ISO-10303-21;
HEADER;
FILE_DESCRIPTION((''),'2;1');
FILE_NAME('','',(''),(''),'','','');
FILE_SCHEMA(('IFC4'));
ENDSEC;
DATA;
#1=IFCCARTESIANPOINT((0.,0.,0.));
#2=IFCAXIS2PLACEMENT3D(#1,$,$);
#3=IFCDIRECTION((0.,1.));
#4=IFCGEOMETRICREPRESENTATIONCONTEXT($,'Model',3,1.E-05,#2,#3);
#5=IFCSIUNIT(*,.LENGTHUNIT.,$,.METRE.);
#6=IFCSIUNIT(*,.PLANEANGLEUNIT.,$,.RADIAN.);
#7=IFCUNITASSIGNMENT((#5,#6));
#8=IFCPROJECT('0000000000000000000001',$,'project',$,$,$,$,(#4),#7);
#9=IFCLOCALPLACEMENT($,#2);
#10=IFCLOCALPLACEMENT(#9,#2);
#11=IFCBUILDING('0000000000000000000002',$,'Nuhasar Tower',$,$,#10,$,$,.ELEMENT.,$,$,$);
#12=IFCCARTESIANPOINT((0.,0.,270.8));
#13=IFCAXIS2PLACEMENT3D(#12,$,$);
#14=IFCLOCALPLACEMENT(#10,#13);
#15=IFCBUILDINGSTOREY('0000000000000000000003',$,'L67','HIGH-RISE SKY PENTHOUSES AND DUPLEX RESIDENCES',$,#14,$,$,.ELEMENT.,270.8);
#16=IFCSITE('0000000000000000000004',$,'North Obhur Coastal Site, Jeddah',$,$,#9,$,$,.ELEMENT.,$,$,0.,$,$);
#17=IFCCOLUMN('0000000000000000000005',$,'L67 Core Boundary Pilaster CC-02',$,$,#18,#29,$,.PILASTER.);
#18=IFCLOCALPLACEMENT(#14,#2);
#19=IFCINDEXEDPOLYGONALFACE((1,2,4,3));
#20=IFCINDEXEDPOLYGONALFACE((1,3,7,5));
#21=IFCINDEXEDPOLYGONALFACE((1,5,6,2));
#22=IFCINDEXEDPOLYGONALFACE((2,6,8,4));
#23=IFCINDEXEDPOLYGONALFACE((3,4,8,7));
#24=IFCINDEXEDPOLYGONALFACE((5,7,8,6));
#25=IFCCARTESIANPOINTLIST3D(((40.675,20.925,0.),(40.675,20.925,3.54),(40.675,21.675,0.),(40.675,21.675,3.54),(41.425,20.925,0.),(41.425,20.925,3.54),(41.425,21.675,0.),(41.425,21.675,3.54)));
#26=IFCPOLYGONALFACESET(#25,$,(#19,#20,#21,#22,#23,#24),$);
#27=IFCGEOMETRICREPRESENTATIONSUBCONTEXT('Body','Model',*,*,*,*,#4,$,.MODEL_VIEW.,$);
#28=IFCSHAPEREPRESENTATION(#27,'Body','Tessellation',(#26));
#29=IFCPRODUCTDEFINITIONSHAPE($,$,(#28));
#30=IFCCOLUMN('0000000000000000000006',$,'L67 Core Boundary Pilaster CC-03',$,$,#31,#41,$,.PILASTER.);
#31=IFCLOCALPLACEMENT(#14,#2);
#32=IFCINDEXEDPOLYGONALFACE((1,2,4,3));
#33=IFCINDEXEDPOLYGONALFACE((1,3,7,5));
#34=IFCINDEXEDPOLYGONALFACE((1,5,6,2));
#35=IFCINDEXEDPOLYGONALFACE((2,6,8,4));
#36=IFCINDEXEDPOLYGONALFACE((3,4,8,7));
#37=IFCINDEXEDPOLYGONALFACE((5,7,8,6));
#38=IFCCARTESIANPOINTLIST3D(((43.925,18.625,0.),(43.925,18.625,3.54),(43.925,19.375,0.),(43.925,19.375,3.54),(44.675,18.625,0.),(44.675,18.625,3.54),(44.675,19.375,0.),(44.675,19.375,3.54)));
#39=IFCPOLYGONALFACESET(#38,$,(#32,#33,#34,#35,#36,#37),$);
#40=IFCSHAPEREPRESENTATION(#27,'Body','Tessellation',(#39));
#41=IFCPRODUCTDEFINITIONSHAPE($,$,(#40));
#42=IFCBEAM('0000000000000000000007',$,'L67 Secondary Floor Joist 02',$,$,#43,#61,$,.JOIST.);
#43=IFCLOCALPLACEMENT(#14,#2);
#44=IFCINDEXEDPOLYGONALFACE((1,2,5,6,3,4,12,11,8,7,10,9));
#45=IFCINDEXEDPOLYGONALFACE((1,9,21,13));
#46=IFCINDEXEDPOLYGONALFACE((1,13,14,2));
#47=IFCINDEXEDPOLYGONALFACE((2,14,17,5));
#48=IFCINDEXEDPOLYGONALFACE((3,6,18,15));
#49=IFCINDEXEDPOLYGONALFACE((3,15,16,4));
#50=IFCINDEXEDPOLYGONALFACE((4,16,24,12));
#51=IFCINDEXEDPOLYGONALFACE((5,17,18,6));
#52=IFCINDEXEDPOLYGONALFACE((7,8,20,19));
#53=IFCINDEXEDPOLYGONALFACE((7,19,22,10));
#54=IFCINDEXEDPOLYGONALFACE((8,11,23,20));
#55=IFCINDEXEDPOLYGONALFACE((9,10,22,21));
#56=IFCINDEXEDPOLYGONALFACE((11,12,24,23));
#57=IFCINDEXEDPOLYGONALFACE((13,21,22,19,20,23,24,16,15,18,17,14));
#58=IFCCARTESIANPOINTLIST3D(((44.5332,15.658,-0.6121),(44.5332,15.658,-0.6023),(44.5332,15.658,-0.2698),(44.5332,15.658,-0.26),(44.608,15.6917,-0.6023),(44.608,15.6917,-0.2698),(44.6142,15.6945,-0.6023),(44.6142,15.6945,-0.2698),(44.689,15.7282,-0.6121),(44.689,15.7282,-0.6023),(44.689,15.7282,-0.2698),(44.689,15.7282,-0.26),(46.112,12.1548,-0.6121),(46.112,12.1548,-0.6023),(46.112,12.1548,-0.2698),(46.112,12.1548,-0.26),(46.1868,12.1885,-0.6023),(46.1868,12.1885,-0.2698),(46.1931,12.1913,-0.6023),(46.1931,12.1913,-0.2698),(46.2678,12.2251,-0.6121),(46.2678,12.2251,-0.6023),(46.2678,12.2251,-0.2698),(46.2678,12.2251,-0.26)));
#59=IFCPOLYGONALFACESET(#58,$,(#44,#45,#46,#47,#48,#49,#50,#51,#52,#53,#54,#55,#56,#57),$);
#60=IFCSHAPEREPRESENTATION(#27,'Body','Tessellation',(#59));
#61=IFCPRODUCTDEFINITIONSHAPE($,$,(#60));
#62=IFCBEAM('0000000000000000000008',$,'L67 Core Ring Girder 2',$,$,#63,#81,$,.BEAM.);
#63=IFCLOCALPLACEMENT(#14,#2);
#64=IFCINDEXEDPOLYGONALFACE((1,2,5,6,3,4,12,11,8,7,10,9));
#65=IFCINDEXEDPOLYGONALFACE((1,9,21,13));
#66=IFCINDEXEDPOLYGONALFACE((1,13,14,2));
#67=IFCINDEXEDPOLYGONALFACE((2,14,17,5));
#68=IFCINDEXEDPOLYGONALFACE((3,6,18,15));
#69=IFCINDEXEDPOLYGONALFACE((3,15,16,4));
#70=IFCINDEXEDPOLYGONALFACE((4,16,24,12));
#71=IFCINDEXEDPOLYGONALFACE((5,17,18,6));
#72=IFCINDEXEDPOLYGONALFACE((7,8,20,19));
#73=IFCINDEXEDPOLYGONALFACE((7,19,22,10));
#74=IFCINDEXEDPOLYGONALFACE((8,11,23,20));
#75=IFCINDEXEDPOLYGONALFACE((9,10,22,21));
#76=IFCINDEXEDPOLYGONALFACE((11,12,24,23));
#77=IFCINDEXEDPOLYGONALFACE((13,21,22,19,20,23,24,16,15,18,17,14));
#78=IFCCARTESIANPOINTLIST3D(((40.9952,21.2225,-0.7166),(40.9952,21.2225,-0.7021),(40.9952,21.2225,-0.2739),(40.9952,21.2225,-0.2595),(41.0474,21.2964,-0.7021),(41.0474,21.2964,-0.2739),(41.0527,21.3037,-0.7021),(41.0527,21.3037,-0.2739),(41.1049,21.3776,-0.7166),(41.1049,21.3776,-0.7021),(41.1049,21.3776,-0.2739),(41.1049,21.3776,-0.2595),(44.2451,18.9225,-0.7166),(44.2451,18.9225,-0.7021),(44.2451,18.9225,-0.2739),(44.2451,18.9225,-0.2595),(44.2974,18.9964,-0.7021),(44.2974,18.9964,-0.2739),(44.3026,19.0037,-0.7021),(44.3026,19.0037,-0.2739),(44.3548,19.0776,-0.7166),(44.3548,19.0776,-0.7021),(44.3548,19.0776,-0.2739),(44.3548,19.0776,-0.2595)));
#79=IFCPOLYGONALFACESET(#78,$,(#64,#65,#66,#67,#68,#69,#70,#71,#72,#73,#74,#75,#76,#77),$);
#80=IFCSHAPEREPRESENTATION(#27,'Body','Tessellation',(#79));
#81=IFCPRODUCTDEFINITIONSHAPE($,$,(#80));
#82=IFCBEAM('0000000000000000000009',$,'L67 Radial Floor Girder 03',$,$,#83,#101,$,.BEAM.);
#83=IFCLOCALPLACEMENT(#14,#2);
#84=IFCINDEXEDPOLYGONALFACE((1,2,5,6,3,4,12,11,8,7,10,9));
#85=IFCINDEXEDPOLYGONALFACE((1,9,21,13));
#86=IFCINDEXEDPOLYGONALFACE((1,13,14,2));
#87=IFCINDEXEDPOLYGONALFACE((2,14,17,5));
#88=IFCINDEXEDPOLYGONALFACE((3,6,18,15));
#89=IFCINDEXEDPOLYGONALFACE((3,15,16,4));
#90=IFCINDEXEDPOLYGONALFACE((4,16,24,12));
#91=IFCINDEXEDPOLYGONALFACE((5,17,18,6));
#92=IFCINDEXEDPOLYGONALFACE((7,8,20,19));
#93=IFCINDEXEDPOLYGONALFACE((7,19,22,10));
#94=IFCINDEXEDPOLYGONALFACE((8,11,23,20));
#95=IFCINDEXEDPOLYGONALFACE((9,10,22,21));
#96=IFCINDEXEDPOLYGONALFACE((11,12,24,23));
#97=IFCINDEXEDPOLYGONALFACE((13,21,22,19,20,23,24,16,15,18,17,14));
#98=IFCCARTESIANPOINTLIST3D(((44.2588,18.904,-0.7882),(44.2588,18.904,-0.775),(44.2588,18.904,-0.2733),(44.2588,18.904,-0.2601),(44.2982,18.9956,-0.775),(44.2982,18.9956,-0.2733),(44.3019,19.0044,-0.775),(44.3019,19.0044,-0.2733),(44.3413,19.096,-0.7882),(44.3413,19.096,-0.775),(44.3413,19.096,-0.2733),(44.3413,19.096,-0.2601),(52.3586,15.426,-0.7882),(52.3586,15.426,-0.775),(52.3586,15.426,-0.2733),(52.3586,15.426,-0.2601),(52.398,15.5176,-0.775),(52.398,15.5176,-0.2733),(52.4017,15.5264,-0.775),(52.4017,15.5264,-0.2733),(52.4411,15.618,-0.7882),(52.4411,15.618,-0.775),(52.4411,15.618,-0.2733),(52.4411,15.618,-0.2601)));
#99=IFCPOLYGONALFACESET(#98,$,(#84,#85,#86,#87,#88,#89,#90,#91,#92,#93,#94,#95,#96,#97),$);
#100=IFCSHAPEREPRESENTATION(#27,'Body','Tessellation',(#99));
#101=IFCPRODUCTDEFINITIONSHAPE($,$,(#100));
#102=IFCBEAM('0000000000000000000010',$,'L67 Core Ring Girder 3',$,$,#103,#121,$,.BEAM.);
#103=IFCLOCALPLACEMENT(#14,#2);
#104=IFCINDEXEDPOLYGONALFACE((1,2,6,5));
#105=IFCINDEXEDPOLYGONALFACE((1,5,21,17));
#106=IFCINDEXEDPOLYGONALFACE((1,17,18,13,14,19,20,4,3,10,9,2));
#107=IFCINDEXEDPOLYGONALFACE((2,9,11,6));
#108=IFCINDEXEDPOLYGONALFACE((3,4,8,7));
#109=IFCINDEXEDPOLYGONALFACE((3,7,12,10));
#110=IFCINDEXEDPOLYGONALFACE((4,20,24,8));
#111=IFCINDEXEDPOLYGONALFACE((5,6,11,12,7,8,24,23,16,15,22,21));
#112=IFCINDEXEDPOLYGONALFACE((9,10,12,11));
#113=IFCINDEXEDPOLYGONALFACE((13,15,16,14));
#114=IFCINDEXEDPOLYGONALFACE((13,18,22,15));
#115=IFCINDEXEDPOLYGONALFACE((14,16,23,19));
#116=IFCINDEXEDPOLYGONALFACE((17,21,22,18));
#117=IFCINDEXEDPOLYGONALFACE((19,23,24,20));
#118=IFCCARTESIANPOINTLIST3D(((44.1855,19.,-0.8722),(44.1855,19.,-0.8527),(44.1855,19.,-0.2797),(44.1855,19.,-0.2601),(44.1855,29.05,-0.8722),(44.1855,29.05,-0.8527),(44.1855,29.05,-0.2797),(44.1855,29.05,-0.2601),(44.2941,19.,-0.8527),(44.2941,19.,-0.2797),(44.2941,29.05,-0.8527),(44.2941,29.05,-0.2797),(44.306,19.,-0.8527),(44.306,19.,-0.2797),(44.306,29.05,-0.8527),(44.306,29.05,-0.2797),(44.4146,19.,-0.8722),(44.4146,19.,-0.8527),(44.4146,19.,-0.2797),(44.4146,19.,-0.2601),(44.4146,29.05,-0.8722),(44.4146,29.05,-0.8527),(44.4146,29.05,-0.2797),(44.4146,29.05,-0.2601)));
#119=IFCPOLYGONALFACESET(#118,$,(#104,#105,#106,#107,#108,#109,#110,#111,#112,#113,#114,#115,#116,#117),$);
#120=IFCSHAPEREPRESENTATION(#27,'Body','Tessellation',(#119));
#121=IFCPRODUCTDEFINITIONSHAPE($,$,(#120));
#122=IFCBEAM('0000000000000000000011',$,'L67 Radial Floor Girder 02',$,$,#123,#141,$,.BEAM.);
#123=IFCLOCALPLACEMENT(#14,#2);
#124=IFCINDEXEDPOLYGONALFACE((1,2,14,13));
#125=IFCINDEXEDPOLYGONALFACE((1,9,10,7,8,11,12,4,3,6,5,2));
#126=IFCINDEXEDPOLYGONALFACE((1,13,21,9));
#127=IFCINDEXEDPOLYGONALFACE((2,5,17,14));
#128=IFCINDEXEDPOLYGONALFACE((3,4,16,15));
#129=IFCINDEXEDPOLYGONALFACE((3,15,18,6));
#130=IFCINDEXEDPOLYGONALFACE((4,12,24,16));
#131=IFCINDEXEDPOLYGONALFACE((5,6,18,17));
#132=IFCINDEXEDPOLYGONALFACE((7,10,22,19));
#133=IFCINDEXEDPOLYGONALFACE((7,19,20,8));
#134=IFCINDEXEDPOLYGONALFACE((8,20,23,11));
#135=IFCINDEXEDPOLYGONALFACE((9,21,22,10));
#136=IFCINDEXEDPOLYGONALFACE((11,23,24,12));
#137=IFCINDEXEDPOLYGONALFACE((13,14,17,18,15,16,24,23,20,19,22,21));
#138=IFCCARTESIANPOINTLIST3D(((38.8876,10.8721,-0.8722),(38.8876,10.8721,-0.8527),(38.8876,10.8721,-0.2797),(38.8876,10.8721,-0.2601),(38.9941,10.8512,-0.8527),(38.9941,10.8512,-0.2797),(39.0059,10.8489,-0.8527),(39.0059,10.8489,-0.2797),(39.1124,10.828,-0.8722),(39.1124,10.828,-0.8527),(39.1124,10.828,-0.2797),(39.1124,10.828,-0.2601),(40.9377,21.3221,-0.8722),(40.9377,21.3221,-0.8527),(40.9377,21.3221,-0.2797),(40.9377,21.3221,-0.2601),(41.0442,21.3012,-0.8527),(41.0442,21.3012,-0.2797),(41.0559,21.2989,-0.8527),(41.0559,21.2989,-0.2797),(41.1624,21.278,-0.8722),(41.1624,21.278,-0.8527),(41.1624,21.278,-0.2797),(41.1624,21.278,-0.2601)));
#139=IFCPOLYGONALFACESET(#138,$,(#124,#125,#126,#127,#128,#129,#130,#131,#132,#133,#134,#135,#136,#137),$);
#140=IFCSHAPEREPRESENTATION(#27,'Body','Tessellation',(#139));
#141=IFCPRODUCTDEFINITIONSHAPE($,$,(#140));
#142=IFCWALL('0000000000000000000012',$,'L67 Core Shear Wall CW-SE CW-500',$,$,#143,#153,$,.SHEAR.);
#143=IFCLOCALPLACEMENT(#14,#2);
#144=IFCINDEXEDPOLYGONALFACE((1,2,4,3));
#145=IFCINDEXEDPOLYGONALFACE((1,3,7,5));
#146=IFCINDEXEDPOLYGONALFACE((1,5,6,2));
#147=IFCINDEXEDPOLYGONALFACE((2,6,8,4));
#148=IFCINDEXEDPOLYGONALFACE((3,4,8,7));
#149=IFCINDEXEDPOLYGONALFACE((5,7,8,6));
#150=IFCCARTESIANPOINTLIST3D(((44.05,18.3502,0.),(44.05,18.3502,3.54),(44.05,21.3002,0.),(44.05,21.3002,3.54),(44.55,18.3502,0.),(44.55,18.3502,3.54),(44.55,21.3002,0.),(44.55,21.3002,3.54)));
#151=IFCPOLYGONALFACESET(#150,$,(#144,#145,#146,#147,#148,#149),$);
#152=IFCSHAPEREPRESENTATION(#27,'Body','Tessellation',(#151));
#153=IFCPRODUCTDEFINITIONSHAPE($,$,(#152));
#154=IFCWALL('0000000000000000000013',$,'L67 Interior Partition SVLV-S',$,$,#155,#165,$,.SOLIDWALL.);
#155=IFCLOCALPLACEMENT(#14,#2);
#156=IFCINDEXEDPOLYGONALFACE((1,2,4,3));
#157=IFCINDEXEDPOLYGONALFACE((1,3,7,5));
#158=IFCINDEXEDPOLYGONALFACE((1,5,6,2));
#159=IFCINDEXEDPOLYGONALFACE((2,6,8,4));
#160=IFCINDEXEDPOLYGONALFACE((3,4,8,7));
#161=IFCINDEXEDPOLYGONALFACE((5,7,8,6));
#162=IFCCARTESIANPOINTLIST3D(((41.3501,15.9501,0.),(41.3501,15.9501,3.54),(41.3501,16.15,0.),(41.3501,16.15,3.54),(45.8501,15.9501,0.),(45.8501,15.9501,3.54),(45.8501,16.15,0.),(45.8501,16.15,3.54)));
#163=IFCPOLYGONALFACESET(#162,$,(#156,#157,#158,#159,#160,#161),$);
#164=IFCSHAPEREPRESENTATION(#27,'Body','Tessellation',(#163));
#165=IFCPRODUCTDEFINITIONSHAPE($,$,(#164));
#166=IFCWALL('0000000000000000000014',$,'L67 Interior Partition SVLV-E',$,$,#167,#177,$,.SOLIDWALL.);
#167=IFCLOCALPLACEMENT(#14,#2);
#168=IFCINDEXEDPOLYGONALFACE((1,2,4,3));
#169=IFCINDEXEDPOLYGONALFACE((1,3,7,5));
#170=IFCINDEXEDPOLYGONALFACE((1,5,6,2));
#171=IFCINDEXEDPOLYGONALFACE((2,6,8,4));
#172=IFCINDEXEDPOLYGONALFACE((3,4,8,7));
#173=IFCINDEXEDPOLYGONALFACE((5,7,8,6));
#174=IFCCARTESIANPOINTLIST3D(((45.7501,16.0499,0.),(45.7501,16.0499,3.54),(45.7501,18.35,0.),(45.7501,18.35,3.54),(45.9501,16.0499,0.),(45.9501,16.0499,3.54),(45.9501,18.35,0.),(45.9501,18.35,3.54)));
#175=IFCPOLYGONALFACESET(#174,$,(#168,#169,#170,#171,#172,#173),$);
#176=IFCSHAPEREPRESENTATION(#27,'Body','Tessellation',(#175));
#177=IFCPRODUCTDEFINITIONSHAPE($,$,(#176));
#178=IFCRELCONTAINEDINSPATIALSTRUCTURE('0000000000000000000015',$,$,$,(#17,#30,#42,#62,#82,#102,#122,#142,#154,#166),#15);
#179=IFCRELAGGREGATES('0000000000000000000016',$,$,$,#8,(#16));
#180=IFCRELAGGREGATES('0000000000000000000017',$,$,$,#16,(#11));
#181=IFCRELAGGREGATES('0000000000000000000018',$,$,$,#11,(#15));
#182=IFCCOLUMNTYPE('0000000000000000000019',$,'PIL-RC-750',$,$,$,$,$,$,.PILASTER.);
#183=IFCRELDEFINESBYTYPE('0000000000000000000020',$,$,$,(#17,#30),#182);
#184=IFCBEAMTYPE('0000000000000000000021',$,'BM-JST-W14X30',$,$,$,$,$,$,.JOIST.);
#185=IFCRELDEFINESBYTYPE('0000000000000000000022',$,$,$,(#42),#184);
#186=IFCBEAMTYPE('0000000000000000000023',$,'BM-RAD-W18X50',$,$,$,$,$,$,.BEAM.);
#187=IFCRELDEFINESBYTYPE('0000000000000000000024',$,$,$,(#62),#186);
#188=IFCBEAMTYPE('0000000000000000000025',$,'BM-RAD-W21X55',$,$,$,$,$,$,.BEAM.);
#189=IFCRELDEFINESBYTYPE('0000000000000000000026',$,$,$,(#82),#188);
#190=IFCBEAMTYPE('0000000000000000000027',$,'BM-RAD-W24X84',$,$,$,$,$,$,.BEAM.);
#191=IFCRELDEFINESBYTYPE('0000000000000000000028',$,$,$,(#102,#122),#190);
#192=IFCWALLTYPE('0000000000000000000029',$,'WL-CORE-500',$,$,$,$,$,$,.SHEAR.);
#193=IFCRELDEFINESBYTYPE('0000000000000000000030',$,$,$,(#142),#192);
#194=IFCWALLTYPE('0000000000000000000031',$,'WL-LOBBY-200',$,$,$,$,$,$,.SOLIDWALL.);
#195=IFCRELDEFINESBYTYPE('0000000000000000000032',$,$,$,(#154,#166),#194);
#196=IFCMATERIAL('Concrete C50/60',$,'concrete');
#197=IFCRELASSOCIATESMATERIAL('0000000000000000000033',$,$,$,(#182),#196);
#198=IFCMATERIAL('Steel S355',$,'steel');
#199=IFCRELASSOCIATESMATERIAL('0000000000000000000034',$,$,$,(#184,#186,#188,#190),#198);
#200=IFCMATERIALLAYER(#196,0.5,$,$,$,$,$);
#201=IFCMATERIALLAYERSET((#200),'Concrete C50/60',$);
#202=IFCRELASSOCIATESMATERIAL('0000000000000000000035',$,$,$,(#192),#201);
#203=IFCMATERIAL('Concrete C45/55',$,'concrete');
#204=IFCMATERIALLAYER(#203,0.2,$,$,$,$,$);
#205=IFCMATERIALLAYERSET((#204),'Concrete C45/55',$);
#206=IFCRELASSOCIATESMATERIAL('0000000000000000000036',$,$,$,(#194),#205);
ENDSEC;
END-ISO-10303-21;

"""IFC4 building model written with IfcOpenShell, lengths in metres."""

from ifc_helpers import new_model, si_unit, direction, frame, frame_2d, origin, origin_2d, place, context, subcontext, project, spatial, rectangle, i_section, extrude, material, layer, layer_set, material_profile, profile_set, type_object, element, save


model = new_model("IFC4")

# Units and contexts
model_context = context("Model", 3, precision=1e-05, world=origin(), true_north=direction((0.0, 1.0)))
body_context = subcontext(model_context, "Body", "Model", "MODEL_VIEW")
ifc_project = project(units=[si_unit("LENGTHUNIT", "METRE"), si_unit("PLANEANGLEUNIT", "RADIAN")], contexts=[model_context])

# Site, building, storey
site_placement = place(None, origin())
site = spatial("IfcSite", under=ifc_project, at=site_placement, Name="North Obhur Coastal Site, Jeddah", CompositionType="ELEMENT", RefElevation=0.0)
building_placement = place(site_placement, origin())
building = spatial("IfcBuilding", under=site, at=building_placement, Name="Nuhasar Tower", CompositionType="ELEMENT")
storey_placement = place(building_placement, frame((0.0, 0.0, 270.8)))
storey = spatial("IfcBuildingStorey", under=building, at=storey_placement, Name="L67", Description="HIGH-RISE SKY PENTHOUSES AND DUPLEX RESIDENCES", CompositionType="ELEMENT", Elevation=270.8)

# Columns
ifc_material_1 = material(Name="Concrete C50/60", Category="concrete")
ifc_material_profile_1 = material_profile(ifc_material_1, rectangle(XDim=0.75, YDim=0.75, at=origin_2d()), Name="RC750X750")
ifc_profile_set_1 = profile_set([ifc_material_profile_1], Name="Concrete C50/60")
column_type = type_object("IfcColumnType", Name="PIL-RC-750", PredefinedType="PILASTER", material=ifc_profile_set_1)
for number, where, z_axis, x_axis, name in (
    (1, (41.05, 21.3, 0.0), (0.0, 0.0, 1.0), (1.0, 0.0, 0.0), "L67 Core Boundary Pilaster CC-02"),
    (2, (44.3, 19.0, 0.0), (0.0, 0.0, 1.0), (1.0, 0.0, 0.0), "L67 Core Boundary Pilaster CC-03"),
):
    element("IfcColumn", number, at=place(storey_placement, frame(where, z_axis=z_axis, x_axis=x_axis)), inside=storey, type_object=column_type, Name=name, PredefinedType="PILASTER", context=body_context, shape_type="SweptSolid", body=[
        extrude(rectangle(XDim=0.75, YDim=0.75, at=origin_2d()), origin(), (0.0, 0.0, 1.0), 3.54),
    ])

# Beams
ifc_material_2 = material(Name="Steel S355", Category="steel")
ifc_material_profile_2 = material_profile(ifc_material_2, i_section(OverallWidth=0.1709, OverallDepth=0.3521, WebThickness=0.0068, FlangeThickness=0.0098, at=origin_2d()), Name="W14X30")
ifc_profile_set_2 = profile_set([ifc_material_profile_2], Name="Steel S355")
beam_type_1 = type_object("IfcBeamType", Name="BM-JST-W14X30", PredefinedType="JOIST", material=ifc_profile_set_2)
beam_1_placement = place(storey_placement, frame((44.6111, 15.6931, -0.436), z_axis=(0.41089, -0.911685, 0.0), x_axis=(0.911685, 0.41089, 0.0)))
element("IfcBeam", 3, at=beam_1_placement, inside=storey, type_object=beam_type_1, Name="L67 Secondary Floor Joist 02", PredefinedType="JOIST", context=body_context, shape_type="SweptSolid", body=[
    extrude(i_section(OverallWidth=0.1709, OverallDepth=0.3521, WebThickness=0.0068, FlangeThickness=0.0098, at=origin_2d()), origin(), (0.0, 0.0, 1.0), 3.8425),
])
ifc_material_profile_3 = material_profile(ifc_material_2, i_section(OverallWidth=0.1899, OverallDepth=0.457, WebThickness=0.009, FlangeThickness=0.0144, at=origin_2d()), Name="W18X50")
ifc_profile_set_3 = profile_set([ifc_material_profile_3], Name="Steel S355")
beam_type_2 = type_object("IfcBeamType", Name="BM-RAD-W18X50", PredefinedType="BEAM", material=ifc_profile_set_3)
beam_2_placement = place(storey_placement, frame((41.05, 21.3, -0.488), z_axis=(0.816265, -0.577677, 0.0), x_axis=(0.577677, 0.816265, 0.0)))
element("IfcBeam", 4, at=beam_2_placement, inside=storey, type_object=beam_type_2, Name="L67 Core Ring Girder 2", PredefinedType="BEAM", context=body_context, shape_type="SweptSolid", body=[
    extrude(i_section(OverallWidth=0.1899, OverallDepth=0.457, WebThickness=0.009, FlangeThickness=0.0144, at=origin_2d()), origin(), (0.0, 0.0, 1.0), 3.9814),
])
ifc_material_profile_4 = material_profile(ifc_material_2, i_section(OverallWidth=0.209, OverallDepth=0.5281, WebThickness=0.0095, FlangeThickness=0.0132, at=origin_2d()), Name="W21X55")
ifc_profile_set_4 = profile_set([ifc_material_profile_4], Name="Steel S355")
beam_type_3 = type_object("IfcBeamType", Name="BM-RAD-W21X55", PredefinedType="BEAM", material=ifc_profile_set_4)
beam_3_placement = place(storey_placement, frame((44.3, 19.0, -0.5242), z_axis=(0.918871, -0.394558, 0.0), x_axis=(0.394558, 0.918871, 0.0)))
element("IfcBeam", 5, at=beam_3_placement, inside=storey, type_object=beam_type_3, Name="L67 Radial Floor Girder 03", PredefinedType="BEAM", context=body_context, shape_type="SweptSolid", body=[
    extrude(i_section(OverallWidth=0.209, OverallDepth=0.5281, WebThickness=0.0095, FlangeThickness=0.0132, at=origin_2d()), origin(), (0.0, 0.0, 1.0), 8.8149),
])
ifc_material_profile_5 = material_profile(ifc_material_2, i_section(OverallWidth=0.229, OverallDepth=0.6121, WebThickness=0.012, FlangeThickness=0.0195, at=origin_2d()), Name="W24X84")
ifc_profile_set_5 = profile_set([ifc_material_profile_5], Name="Steel S355")
beam_type_4 = type_object("IfcBeamType", Name="BM-RAD-W24X84", PredefinedType="BEAM", material=ifc_profile_set_5)
beam_4_placement = place(storey_placement, frame((44.3, 19.0, -0.5662), z_axis=(0.0, 1.0, 0.0), x_axis=(-1.0, 0.0, 0.0)))
element("IfcBeam", 6, at=beam_4_placement, inside=storey, type_object=beam_type_4, Name="L67 Core Ring Girder 3", PredefinedType="BEAM", context=body_context, shape_type="SweptSolid", body=[
    extrude(i_section(OverallWidth=0.229, OverallDepth=0.6121, WebThickness=0.012, FlangeThickness=0.0195, at=origin_2d()), origin(), (0.0, 0.0, 1.0), 10.05),
])
beam_5_placement = place(storey_placement, frame((41.05, 21.3, -0.5662), z_axis=(-0.192508, -0.981295, 0.0), x_axis=(0.981295, -0.192508, 0.0)))
element("IfcBeam", 7, at=beam_5_placement, inside=storey, type_object=beam_type_4, Name="L67 Radial Floor Girder 02", PredefinedType="BEAM", context=body_context, shape_type="SweptSolid", body=[
    extrude(i_section(OverallWidth=0.229, OverallDepth=0.6121, WebThickness=0.012, FlangeThickness=0.0195, at=origin_2d()), origin(), (0.0, 0.0, 1.0), 10.6492),
])

# Wall
ifc_layer_1 = layer(ifc_material_1, 0.5)
ifc_layer_set_1 = layer_set([ifc_layer_1], Name="Concrete C50/60")
wall_type_1 = type_object("IfcWallType", Name="WL-CORE-500", PredefinedType="SHEAR", material=ifc_layer_set_1)
wall_1_placement = place(storey_placement, frame((44.3, 18.3501, 0.0), z_axis=(0.0, 0.0, 1.0), x_axis=(0.0, 1.0, 0.0)))
element("IfcWall", 8, at=wall_1_placement, inside=storey, type_object=wall_type_1, Name="L67 Core Shear Wall CW-SE CW-500", PredefinedType="SHEAR", context=body_context, shape_type="SweptSolid", body=[
    extrude(rectangle(XDim=2.95, YDim=0.5, at=frame_2d((1.4751, 0.0))), origin(), (0.0, 0.0, 1.0), 3.54),
])

# Shared definitions
ifc_material_3 = material(Name="Concrete C45/55", Category="concrete")
ifc_layer_2 = layer(ifc_material_3, 0.2)
ifc_layer_set_2 = layer_set([ifc_layer_2], Name="Concrete C45/55")
wall_type_2 = type_object("IfcWallType", Name="WL-LOBBY-200", PredefinedType="SOLIDWALL", material=ifc_layer_set_2)

# Walls
wall_2_placement = place(storey_placement, frame((41.3501, 16.05, 0.0), z_axis=(0.0, 0.0, 1.0), x_axis=(1.0, 0.0, 0.0)))
element("IfcWall", 9, at=wall_2_placement, inside=storey, type_object=wall_type_2, Name="L67 Interior Partition SVLV-S", PredefinedType="SOLIDWALL", context=body_context, shape_type="SweptSolid", body=[
    extrude(rectangle(XDim=4.5, YDim=0.2, at=frame_2d((2.25, 0.0))), origin(), (0.0, 0.0, 1.0), 3.54),
])
wall_3_placement = place(storey_placement, frame((45.8501, 16.05, 0.0), z_axis=(0.0, 0.0, 1.0), x_axis=(0.0, 1.0, 0.0)))
element("IfcWall", 10, at=wall_3_placement, inside=storey, type_object=wall_type_2, Name="L67 Interior Partition SVLV-E", PredefinedType="SOLIDWALL", context=body_context, shape_type="SweptSolid", body=[
    extrude(rectangle(XDim=2.3, YDim=0.2, at=frame_2d((1.1499, 0.0))), origin(), (0.0, 0.0, 1.0), 3.54),
])

save(model, "model.ifc")
